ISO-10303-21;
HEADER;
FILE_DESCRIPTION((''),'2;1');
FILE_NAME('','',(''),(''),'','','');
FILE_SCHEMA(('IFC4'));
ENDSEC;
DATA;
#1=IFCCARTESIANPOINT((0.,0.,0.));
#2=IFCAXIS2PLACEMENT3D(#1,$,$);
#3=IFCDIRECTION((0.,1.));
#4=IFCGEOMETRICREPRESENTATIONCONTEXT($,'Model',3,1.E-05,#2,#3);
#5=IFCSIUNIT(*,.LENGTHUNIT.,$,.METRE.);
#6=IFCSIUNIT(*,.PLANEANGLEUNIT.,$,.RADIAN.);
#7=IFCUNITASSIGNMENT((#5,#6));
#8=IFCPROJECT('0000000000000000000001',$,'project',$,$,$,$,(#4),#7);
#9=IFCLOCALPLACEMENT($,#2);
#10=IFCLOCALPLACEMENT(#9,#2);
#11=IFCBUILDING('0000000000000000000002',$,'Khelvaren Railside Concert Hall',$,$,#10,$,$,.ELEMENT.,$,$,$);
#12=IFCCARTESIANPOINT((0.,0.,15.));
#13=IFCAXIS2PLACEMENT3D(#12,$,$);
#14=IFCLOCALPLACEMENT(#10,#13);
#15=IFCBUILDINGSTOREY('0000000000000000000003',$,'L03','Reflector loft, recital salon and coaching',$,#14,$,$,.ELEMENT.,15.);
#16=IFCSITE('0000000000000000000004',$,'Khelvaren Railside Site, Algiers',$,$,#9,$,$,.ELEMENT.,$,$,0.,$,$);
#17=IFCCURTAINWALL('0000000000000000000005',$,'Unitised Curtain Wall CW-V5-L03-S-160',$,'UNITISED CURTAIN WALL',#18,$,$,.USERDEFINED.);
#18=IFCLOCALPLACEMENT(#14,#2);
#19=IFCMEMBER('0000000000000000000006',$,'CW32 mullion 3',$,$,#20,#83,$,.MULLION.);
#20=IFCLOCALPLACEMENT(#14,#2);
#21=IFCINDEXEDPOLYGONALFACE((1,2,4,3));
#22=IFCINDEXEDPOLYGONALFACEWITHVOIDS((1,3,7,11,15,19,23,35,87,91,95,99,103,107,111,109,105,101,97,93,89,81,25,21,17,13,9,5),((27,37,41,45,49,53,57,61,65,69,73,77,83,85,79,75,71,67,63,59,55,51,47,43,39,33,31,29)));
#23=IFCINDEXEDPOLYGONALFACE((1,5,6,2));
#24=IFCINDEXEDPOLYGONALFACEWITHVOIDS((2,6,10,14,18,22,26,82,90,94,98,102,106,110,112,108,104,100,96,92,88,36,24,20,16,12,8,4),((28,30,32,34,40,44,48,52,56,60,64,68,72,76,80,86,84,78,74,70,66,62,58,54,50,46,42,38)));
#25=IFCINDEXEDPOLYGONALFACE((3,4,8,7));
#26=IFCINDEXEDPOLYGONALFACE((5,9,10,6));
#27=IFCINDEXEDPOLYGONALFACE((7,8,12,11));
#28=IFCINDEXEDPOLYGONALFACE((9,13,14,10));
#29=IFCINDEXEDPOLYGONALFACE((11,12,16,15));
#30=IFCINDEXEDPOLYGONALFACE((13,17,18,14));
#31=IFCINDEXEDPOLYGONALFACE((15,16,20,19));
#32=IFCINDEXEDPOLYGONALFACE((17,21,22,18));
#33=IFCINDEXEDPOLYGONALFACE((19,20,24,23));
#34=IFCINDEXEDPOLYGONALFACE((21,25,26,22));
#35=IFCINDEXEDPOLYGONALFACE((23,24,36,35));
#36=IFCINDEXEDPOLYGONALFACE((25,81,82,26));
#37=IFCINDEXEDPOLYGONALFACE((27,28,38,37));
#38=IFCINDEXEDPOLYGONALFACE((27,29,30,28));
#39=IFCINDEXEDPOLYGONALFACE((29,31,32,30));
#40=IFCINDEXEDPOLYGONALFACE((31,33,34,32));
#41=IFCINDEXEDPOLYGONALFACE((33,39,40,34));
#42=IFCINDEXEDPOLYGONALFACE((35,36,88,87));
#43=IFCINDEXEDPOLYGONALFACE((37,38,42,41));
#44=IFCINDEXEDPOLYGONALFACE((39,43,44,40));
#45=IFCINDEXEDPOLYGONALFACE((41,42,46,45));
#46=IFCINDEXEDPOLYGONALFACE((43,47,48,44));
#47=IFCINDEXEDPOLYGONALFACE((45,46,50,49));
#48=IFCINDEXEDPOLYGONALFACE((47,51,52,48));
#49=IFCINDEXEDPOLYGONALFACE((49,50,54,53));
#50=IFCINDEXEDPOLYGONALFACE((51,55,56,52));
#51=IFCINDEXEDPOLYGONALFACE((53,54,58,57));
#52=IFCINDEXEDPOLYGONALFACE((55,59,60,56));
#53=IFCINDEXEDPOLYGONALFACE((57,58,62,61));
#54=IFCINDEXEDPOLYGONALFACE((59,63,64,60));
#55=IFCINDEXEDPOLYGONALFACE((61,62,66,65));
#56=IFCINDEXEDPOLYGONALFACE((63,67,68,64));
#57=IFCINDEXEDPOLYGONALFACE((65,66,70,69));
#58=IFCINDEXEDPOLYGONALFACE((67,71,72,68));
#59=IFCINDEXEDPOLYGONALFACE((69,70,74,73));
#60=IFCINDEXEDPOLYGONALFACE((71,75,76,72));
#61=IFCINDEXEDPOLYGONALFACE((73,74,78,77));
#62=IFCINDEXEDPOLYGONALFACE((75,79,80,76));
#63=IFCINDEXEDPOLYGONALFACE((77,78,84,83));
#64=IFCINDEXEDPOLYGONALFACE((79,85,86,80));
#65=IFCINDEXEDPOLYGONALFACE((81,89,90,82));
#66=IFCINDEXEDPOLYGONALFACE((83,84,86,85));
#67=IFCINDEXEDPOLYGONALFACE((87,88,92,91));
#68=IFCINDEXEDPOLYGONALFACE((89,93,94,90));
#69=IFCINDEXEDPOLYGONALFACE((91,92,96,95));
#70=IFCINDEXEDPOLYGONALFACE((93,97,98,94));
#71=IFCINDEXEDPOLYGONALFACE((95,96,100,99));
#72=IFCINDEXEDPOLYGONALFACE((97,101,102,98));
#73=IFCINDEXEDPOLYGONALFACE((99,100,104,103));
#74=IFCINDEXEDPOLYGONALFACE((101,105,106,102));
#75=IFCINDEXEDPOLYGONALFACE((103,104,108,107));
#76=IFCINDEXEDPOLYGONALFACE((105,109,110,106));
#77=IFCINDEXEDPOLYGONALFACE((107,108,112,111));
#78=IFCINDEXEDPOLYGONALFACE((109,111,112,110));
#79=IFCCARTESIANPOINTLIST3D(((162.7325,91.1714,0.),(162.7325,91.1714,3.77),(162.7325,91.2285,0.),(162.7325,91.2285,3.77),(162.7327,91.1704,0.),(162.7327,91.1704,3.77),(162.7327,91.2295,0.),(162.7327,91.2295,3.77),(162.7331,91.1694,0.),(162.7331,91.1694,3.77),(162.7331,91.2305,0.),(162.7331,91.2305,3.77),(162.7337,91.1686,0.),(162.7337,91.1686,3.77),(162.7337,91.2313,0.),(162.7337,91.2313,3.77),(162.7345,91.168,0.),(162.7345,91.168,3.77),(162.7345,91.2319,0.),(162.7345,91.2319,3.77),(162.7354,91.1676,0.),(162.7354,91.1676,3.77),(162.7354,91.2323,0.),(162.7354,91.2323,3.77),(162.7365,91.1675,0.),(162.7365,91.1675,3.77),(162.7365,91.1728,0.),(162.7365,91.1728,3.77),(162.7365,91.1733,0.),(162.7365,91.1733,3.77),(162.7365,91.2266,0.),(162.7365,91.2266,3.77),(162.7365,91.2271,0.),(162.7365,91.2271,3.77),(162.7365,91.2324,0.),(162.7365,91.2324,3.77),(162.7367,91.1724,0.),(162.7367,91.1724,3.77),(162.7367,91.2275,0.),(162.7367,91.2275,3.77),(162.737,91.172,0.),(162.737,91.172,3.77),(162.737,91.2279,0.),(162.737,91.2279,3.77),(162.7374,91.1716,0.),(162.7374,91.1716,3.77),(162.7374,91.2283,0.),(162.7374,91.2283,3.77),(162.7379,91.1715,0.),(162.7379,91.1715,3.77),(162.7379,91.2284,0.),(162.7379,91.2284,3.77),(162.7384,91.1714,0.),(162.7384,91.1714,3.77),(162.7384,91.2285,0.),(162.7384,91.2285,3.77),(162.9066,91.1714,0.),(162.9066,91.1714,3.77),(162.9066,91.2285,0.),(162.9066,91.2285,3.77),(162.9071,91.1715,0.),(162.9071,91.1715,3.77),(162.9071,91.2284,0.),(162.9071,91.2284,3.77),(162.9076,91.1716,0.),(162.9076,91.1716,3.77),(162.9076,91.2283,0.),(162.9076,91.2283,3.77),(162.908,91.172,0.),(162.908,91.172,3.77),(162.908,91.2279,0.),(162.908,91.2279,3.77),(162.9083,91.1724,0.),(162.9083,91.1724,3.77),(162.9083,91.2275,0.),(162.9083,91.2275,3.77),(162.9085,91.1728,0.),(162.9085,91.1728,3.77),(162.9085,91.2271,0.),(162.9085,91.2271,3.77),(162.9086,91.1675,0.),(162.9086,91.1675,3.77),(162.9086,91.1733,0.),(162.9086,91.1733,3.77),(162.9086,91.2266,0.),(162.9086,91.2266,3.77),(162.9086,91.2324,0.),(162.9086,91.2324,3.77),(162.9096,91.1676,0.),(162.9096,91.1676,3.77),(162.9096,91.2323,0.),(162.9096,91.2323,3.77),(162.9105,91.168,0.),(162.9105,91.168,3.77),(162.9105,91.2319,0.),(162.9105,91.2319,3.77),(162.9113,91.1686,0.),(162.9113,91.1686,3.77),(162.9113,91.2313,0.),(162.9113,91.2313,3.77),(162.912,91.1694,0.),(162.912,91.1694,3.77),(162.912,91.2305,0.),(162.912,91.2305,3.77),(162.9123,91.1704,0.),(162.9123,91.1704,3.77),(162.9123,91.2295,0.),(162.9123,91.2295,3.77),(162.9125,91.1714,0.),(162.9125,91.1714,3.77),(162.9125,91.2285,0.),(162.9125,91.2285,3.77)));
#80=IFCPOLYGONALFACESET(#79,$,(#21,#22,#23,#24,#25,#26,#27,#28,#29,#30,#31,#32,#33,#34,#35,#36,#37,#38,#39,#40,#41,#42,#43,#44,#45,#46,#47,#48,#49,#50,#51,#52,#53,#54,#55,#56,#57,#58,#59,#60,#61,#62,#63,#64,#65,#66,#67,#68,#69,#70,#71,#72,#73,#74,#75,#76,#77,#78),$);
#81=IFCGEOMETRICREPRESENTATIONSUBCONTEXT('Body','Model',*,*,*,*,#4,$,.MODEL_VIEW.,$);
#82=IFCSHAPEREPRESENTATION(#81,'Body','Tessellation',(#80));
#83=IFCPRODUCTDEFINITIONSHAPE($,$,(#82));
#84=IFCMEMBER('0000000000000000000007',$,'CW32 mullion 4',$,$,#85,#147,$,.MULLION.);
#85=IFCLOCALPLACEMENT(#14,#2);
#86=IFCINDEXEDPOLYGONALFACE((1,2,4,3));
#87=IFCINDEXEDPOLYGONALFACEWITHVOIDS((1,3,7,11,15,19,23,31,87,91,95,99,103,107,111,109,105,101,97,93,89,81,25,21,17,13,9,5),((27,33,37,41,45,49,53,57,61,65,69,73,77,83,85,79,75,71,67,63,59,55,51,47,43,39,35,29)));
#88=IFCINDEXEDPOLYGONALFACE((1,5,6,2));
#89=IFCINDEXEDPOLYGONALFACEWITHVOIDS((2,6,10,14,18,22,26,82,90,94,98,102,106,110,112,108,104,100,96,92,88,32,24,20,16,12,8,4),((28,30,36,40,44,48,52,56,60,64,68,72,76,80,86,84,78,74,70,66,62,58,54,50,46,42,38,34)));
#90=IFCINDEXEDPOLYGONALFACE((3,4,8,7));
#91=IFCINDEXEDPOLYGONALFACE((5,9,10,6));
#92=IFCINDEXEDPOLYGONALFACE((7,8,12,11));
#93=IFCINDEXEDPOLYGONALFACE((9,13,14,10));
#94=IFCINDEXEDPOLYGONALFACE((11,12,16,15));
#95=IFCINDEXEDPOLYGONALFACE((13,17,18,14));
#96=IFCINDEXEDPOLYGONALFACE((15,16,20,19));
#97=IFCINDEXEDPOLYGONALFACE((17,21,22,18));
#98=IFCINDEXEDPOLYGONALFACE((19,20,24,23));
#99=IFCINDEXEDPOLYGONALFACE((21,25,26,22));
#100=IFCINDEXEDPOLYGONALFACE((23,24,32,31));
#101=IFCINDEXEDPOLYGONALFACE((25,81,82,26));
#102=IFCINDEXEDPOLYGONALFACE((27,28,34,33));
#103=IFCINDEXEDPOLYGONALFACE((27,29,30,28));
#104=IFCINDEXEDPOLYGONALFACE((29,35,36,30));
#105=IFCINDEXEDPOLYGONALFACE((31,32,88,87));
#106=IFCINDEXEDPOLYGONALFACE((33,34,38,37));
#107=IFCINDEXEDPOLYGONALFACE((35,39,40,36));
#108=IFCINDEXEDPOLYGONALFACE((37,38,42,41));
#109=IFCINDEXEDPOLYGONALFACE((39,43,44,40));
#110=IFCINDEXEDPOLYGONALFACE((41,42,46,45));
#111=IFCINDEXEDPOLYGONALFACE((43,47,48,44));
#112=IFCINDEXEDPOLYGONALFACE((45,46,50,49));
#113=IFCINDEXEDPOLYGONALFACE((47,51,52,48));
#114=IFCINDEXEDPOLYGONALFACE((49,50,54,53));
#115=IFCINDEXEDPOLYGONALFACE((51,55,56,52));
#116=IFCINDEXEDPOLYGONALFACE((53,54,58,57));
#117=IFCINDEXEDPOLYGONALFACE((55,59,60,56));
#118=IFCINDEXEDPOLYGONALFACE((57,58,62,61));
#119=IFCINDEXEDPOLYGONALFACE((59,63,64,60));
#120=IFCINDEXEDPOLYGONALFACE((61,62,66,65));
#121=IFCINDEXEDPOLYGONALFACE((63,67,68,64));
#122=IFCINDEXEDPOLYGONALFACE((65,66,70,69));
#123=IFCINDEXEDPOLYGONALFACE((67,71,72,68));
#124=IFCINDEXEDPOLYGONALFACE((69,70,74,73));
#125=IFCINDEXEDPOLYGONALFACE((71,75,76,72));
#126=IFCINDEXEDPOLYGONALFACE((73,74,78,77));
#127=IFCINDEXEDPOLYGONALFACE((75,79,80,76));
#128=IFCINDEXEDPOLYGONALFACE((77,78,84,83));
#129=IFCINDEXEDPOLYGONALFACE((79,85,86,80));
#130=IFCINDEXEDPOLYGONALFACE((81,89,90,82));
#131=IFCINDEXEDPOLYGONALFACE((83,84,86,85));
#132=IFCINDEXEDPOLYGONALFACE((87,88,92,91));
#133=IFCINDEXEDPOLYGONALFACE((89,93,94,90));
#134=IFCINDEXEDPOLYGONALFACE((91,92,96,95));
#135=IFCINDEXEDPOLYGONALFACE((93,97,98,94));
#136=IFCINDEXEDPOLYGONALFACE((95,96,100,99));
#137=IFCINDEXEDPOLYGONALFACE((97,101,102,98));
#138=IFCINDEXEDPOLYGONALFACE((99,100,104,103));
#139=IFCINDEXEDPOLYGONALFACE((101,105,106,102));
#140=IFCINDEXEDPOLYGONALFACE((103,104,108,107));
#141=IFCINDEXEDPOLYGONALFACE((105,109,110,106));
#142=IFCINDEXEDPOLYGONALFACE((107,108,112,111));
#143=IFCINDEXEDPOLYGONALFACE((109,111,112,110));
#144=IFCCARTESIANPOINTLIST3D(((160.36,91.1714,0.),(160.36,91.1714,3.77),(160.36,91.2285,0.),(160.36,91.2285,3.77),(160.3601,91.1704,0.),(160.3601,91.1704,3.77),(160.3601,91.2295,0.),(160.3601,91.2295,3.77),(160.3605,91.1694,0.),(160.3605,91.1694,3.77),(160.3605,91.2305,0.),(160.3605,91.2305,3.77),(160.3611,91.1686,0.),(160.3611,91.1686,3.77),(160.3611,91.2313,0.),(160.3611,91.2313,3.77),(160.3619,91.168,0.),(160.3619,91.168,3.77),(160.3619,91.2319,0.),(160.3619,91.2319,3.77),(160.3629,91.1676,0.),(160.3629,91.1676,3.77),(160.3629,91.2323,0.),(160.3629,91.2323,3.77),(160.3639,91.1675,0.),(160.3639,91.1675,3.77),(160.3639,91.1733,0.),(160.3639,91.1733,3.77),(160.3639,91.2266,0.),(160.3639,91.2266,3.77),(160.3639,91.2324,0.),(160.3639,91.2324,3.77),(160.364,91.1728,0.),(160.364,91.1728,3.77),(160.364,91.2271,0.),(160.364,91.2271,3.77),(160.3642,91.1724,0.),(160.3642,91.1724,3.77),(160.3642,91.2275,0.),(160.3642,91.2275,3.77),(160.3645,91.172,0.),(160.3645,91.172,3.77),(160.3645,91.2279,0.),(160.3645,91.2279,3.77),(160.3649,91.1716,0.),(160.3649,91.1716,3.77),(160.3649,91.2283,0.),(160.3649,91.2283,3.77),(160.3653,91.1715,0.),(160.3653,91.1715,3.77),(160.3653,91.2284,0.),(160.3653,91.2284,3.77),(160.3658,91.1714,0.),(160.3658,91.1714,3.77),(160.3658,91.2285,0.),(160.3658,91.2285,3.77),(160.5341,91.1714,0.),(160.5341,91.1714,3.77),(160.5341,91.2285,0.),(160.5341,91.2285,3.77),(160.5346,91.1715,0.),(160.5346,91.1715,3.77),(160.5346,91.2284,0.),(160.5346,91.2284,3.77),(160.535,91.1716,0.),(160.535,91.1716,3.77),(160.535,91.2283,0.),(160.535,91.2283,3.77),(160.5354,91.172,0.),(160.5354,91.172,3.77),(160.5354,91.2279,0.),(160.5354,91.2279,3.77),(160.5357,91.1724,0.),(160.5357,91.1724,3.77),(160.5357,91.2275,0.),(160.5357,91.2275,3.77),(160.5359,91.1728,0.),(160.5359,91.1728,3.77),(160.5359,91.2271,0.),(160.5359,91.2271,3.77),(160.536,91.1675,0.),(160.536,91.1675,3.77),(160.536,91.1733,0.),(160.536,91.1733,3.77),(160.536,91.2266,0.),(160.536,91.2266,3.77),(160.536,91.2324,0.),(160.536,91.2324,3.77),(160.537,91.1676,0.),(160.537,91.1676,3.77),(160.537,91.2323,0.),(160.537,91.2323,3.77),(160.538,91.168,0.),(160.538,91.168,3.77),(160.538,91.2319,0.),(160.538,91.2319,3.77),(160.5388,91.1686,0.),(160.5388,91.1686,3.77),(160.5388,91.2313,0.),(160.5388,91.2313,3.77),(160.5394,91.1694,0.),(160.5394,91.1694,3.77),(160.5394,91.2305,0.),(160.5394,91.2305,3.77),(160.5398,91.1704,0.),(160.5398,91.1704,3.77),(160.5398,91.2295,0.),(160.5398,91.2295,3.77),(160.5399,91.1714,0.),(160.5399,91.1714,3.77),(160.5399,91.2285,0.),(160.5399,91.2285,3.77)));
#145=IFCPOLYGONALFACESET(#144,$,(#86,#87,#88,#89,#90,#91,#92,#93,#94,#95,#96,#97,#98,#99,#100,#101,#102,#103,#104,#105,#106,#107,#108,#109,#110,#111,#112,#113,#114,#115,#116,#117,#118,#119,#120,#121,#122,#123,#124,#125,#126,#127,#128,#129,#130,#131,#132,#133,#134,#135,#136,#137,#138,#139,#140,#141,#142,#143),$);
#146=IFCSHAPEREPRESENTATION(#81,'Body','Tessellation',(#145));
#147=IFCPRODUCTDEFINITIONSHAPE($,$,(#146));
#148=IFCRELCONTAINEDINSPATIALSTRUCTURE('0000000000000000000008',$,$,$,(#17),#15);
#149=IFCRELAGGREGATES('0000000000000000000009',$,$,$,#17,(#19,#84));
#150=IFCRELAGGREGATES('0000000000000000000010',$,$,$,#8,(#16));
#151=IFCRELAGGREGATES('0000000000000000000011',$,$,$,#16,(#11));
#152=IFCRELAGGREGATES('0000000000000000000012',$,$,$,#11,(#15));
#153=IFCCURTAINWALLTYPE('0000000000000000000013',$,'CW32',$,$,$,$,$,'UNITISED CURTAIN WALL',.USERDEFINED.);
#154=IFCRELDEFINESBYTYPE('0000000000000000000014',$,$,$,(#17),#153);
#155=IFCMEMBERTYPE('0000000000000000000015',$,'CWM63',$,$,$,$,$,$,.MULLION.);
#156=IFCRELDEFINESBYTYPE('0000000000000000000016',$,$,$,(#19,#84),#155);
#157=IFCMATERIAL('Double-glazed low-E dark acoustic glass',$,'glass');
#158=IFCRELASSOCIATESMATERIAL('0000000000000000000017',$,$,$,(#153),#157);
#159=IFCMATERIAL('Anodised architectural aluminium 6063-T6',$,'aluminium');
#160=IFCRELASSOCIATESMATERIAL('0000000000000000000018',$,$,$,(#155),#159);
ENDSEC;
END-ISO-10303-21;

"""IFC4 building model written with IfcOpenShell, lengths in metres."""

from ifc_helpers import new_model, si_unit, direction, frame, origin, origin_2d, place, context, subcontext, project, spatial, hollow_rectangle, extrude, material, material_profile, profile_set, type_object, element, aggregate, save


model = new_model("IFC4")

# Units and contexts
model_context = context("Model", 3, precision=1e-05, world=origin(), true_north=direction((0.0, 1.0)))
body_context = subcontext(model_context, "Body", "Model", "MODEL_VIEW")
ifc_project = project(units=[si_unit("LENGTHUNIT", "METRE"), si_unit("PLANEANGLEUNIT", "RADIAN")], contexts=[model_context])

# Site, building, storey
site_placement = place(None, origin())
site = spatial("IfcSite", under=ifc_project, at=site_placement, Name="Khelvaren Railside Site, Algiers", CompositionType="ELEMENT", RefElevation=0.0)
building_placement = place(site_placement, origin())
building = spatial("IfcBuilding", under=site, at=building_placement, Name="Khelvaren Railside Concert Hall", CompositionType="ELEMENT")
storey_placement = place(building_placement, frame((0.0, 0.0, 15.0)))
storey = spatial("IfcBuildingStorey", under=building, at=storey_placement, Name="L03", Description="Reflector loft, recital salon and coaching", CompositionType="ELEMENT", Elevation=15.0)

# Curtain wall, members
ifc_material_1 = material(Name="Double-glazed low-E dark acoustic glass", Category="glass")
curtain_wall_type_1 = type_object("IfcCurtainWallType", Name="CW32", ElementType="UNITISED CURTAIN WALL", PredefinedType="USERDEFINED", material=ifc_material_1)
curtain_wall_1_placement = place(storey_placement, origin())
curtain_wall_1 = element("IfcCurtainWall", 1, at=curtain_wall_1_placement, inside=storey, type_object=curtain_wall_type_1, Name="Unitised Curtain Wall CW-V5-L03-S-160", ObjectType="UNITISED CURTAIN WALL", PredefinedType="USERDEFINED")
ifc_material_2 = material(Name="Anodised architectural aluminium 6063-T6", Category="aluminium")
ifc_material_profile_1 = material_profile(ifc_material_2, hollow_rectangle(XDim=0.0649, YDim=0.1799, WallThickness=0.0039, InnerFilletRadius=0.002, OuterFilletRadius=0.0039, at=origin_2d()), Name="CWM 65x180x4")
ifc_profile_set_1 = profile_set([ifc_material_profile_1], Name="Anodised architectural aluminium 6063-T6")
member_type_1 = type_object("IfcMemberType", Name="CWM63", PredefinedType="MULLION", material=ifc_profile_set_1)
member_1_placement = place(storey_placement, frame((162.8225, 91.2, 0.0), z_axis=(0.0, 0.0, 1.0), x_axis=(0.0, -1.0, 0.0)))
member_1 = element("IfcMember", 2, at=member_1_placement, type_object=member_type_1, Name="CW32 mullion 3", PredefinedType="MULLION", context=body_context, shape_type="SweptSolid", body=[
    extrude(hollow_rectangle(XDim=0.0649, YDim=0.1799, WallThickness=0.0039, InnerFilletRadius=0.002, OuterFilletRadius=0.0039, at=origin_2d()), origin(), (0.0, 0.0, 1.0), 3.77),
])
member_2_placement = place(storey_placement, frame((160.45, 91.2, 0.0), z_axis=(0.0, 0.0, 1.0), x_axis=(0.0, -1.0, 0.0)))
member_2 = element("IfcMember", 3, at=member_2_placement, type_object=member_type_1, Name="CW32 mullion 4", PredefinedType="MULLION", context=body_context, shape_type="SweptSolid", body=[
    extrude(hollow_rectangle(XDim=0.0649, YDim=0.1799, WallThickness=0.0039, InnerFilletRadius=0.002, OuterFilletRadius=0.0039, at=origin_2d()), origin(), (0.0, 0.0, 1.0), 3.77),
])

aggregate(curtain_wall_1, [member_1, member_2])

save(model, "model.ifc")
